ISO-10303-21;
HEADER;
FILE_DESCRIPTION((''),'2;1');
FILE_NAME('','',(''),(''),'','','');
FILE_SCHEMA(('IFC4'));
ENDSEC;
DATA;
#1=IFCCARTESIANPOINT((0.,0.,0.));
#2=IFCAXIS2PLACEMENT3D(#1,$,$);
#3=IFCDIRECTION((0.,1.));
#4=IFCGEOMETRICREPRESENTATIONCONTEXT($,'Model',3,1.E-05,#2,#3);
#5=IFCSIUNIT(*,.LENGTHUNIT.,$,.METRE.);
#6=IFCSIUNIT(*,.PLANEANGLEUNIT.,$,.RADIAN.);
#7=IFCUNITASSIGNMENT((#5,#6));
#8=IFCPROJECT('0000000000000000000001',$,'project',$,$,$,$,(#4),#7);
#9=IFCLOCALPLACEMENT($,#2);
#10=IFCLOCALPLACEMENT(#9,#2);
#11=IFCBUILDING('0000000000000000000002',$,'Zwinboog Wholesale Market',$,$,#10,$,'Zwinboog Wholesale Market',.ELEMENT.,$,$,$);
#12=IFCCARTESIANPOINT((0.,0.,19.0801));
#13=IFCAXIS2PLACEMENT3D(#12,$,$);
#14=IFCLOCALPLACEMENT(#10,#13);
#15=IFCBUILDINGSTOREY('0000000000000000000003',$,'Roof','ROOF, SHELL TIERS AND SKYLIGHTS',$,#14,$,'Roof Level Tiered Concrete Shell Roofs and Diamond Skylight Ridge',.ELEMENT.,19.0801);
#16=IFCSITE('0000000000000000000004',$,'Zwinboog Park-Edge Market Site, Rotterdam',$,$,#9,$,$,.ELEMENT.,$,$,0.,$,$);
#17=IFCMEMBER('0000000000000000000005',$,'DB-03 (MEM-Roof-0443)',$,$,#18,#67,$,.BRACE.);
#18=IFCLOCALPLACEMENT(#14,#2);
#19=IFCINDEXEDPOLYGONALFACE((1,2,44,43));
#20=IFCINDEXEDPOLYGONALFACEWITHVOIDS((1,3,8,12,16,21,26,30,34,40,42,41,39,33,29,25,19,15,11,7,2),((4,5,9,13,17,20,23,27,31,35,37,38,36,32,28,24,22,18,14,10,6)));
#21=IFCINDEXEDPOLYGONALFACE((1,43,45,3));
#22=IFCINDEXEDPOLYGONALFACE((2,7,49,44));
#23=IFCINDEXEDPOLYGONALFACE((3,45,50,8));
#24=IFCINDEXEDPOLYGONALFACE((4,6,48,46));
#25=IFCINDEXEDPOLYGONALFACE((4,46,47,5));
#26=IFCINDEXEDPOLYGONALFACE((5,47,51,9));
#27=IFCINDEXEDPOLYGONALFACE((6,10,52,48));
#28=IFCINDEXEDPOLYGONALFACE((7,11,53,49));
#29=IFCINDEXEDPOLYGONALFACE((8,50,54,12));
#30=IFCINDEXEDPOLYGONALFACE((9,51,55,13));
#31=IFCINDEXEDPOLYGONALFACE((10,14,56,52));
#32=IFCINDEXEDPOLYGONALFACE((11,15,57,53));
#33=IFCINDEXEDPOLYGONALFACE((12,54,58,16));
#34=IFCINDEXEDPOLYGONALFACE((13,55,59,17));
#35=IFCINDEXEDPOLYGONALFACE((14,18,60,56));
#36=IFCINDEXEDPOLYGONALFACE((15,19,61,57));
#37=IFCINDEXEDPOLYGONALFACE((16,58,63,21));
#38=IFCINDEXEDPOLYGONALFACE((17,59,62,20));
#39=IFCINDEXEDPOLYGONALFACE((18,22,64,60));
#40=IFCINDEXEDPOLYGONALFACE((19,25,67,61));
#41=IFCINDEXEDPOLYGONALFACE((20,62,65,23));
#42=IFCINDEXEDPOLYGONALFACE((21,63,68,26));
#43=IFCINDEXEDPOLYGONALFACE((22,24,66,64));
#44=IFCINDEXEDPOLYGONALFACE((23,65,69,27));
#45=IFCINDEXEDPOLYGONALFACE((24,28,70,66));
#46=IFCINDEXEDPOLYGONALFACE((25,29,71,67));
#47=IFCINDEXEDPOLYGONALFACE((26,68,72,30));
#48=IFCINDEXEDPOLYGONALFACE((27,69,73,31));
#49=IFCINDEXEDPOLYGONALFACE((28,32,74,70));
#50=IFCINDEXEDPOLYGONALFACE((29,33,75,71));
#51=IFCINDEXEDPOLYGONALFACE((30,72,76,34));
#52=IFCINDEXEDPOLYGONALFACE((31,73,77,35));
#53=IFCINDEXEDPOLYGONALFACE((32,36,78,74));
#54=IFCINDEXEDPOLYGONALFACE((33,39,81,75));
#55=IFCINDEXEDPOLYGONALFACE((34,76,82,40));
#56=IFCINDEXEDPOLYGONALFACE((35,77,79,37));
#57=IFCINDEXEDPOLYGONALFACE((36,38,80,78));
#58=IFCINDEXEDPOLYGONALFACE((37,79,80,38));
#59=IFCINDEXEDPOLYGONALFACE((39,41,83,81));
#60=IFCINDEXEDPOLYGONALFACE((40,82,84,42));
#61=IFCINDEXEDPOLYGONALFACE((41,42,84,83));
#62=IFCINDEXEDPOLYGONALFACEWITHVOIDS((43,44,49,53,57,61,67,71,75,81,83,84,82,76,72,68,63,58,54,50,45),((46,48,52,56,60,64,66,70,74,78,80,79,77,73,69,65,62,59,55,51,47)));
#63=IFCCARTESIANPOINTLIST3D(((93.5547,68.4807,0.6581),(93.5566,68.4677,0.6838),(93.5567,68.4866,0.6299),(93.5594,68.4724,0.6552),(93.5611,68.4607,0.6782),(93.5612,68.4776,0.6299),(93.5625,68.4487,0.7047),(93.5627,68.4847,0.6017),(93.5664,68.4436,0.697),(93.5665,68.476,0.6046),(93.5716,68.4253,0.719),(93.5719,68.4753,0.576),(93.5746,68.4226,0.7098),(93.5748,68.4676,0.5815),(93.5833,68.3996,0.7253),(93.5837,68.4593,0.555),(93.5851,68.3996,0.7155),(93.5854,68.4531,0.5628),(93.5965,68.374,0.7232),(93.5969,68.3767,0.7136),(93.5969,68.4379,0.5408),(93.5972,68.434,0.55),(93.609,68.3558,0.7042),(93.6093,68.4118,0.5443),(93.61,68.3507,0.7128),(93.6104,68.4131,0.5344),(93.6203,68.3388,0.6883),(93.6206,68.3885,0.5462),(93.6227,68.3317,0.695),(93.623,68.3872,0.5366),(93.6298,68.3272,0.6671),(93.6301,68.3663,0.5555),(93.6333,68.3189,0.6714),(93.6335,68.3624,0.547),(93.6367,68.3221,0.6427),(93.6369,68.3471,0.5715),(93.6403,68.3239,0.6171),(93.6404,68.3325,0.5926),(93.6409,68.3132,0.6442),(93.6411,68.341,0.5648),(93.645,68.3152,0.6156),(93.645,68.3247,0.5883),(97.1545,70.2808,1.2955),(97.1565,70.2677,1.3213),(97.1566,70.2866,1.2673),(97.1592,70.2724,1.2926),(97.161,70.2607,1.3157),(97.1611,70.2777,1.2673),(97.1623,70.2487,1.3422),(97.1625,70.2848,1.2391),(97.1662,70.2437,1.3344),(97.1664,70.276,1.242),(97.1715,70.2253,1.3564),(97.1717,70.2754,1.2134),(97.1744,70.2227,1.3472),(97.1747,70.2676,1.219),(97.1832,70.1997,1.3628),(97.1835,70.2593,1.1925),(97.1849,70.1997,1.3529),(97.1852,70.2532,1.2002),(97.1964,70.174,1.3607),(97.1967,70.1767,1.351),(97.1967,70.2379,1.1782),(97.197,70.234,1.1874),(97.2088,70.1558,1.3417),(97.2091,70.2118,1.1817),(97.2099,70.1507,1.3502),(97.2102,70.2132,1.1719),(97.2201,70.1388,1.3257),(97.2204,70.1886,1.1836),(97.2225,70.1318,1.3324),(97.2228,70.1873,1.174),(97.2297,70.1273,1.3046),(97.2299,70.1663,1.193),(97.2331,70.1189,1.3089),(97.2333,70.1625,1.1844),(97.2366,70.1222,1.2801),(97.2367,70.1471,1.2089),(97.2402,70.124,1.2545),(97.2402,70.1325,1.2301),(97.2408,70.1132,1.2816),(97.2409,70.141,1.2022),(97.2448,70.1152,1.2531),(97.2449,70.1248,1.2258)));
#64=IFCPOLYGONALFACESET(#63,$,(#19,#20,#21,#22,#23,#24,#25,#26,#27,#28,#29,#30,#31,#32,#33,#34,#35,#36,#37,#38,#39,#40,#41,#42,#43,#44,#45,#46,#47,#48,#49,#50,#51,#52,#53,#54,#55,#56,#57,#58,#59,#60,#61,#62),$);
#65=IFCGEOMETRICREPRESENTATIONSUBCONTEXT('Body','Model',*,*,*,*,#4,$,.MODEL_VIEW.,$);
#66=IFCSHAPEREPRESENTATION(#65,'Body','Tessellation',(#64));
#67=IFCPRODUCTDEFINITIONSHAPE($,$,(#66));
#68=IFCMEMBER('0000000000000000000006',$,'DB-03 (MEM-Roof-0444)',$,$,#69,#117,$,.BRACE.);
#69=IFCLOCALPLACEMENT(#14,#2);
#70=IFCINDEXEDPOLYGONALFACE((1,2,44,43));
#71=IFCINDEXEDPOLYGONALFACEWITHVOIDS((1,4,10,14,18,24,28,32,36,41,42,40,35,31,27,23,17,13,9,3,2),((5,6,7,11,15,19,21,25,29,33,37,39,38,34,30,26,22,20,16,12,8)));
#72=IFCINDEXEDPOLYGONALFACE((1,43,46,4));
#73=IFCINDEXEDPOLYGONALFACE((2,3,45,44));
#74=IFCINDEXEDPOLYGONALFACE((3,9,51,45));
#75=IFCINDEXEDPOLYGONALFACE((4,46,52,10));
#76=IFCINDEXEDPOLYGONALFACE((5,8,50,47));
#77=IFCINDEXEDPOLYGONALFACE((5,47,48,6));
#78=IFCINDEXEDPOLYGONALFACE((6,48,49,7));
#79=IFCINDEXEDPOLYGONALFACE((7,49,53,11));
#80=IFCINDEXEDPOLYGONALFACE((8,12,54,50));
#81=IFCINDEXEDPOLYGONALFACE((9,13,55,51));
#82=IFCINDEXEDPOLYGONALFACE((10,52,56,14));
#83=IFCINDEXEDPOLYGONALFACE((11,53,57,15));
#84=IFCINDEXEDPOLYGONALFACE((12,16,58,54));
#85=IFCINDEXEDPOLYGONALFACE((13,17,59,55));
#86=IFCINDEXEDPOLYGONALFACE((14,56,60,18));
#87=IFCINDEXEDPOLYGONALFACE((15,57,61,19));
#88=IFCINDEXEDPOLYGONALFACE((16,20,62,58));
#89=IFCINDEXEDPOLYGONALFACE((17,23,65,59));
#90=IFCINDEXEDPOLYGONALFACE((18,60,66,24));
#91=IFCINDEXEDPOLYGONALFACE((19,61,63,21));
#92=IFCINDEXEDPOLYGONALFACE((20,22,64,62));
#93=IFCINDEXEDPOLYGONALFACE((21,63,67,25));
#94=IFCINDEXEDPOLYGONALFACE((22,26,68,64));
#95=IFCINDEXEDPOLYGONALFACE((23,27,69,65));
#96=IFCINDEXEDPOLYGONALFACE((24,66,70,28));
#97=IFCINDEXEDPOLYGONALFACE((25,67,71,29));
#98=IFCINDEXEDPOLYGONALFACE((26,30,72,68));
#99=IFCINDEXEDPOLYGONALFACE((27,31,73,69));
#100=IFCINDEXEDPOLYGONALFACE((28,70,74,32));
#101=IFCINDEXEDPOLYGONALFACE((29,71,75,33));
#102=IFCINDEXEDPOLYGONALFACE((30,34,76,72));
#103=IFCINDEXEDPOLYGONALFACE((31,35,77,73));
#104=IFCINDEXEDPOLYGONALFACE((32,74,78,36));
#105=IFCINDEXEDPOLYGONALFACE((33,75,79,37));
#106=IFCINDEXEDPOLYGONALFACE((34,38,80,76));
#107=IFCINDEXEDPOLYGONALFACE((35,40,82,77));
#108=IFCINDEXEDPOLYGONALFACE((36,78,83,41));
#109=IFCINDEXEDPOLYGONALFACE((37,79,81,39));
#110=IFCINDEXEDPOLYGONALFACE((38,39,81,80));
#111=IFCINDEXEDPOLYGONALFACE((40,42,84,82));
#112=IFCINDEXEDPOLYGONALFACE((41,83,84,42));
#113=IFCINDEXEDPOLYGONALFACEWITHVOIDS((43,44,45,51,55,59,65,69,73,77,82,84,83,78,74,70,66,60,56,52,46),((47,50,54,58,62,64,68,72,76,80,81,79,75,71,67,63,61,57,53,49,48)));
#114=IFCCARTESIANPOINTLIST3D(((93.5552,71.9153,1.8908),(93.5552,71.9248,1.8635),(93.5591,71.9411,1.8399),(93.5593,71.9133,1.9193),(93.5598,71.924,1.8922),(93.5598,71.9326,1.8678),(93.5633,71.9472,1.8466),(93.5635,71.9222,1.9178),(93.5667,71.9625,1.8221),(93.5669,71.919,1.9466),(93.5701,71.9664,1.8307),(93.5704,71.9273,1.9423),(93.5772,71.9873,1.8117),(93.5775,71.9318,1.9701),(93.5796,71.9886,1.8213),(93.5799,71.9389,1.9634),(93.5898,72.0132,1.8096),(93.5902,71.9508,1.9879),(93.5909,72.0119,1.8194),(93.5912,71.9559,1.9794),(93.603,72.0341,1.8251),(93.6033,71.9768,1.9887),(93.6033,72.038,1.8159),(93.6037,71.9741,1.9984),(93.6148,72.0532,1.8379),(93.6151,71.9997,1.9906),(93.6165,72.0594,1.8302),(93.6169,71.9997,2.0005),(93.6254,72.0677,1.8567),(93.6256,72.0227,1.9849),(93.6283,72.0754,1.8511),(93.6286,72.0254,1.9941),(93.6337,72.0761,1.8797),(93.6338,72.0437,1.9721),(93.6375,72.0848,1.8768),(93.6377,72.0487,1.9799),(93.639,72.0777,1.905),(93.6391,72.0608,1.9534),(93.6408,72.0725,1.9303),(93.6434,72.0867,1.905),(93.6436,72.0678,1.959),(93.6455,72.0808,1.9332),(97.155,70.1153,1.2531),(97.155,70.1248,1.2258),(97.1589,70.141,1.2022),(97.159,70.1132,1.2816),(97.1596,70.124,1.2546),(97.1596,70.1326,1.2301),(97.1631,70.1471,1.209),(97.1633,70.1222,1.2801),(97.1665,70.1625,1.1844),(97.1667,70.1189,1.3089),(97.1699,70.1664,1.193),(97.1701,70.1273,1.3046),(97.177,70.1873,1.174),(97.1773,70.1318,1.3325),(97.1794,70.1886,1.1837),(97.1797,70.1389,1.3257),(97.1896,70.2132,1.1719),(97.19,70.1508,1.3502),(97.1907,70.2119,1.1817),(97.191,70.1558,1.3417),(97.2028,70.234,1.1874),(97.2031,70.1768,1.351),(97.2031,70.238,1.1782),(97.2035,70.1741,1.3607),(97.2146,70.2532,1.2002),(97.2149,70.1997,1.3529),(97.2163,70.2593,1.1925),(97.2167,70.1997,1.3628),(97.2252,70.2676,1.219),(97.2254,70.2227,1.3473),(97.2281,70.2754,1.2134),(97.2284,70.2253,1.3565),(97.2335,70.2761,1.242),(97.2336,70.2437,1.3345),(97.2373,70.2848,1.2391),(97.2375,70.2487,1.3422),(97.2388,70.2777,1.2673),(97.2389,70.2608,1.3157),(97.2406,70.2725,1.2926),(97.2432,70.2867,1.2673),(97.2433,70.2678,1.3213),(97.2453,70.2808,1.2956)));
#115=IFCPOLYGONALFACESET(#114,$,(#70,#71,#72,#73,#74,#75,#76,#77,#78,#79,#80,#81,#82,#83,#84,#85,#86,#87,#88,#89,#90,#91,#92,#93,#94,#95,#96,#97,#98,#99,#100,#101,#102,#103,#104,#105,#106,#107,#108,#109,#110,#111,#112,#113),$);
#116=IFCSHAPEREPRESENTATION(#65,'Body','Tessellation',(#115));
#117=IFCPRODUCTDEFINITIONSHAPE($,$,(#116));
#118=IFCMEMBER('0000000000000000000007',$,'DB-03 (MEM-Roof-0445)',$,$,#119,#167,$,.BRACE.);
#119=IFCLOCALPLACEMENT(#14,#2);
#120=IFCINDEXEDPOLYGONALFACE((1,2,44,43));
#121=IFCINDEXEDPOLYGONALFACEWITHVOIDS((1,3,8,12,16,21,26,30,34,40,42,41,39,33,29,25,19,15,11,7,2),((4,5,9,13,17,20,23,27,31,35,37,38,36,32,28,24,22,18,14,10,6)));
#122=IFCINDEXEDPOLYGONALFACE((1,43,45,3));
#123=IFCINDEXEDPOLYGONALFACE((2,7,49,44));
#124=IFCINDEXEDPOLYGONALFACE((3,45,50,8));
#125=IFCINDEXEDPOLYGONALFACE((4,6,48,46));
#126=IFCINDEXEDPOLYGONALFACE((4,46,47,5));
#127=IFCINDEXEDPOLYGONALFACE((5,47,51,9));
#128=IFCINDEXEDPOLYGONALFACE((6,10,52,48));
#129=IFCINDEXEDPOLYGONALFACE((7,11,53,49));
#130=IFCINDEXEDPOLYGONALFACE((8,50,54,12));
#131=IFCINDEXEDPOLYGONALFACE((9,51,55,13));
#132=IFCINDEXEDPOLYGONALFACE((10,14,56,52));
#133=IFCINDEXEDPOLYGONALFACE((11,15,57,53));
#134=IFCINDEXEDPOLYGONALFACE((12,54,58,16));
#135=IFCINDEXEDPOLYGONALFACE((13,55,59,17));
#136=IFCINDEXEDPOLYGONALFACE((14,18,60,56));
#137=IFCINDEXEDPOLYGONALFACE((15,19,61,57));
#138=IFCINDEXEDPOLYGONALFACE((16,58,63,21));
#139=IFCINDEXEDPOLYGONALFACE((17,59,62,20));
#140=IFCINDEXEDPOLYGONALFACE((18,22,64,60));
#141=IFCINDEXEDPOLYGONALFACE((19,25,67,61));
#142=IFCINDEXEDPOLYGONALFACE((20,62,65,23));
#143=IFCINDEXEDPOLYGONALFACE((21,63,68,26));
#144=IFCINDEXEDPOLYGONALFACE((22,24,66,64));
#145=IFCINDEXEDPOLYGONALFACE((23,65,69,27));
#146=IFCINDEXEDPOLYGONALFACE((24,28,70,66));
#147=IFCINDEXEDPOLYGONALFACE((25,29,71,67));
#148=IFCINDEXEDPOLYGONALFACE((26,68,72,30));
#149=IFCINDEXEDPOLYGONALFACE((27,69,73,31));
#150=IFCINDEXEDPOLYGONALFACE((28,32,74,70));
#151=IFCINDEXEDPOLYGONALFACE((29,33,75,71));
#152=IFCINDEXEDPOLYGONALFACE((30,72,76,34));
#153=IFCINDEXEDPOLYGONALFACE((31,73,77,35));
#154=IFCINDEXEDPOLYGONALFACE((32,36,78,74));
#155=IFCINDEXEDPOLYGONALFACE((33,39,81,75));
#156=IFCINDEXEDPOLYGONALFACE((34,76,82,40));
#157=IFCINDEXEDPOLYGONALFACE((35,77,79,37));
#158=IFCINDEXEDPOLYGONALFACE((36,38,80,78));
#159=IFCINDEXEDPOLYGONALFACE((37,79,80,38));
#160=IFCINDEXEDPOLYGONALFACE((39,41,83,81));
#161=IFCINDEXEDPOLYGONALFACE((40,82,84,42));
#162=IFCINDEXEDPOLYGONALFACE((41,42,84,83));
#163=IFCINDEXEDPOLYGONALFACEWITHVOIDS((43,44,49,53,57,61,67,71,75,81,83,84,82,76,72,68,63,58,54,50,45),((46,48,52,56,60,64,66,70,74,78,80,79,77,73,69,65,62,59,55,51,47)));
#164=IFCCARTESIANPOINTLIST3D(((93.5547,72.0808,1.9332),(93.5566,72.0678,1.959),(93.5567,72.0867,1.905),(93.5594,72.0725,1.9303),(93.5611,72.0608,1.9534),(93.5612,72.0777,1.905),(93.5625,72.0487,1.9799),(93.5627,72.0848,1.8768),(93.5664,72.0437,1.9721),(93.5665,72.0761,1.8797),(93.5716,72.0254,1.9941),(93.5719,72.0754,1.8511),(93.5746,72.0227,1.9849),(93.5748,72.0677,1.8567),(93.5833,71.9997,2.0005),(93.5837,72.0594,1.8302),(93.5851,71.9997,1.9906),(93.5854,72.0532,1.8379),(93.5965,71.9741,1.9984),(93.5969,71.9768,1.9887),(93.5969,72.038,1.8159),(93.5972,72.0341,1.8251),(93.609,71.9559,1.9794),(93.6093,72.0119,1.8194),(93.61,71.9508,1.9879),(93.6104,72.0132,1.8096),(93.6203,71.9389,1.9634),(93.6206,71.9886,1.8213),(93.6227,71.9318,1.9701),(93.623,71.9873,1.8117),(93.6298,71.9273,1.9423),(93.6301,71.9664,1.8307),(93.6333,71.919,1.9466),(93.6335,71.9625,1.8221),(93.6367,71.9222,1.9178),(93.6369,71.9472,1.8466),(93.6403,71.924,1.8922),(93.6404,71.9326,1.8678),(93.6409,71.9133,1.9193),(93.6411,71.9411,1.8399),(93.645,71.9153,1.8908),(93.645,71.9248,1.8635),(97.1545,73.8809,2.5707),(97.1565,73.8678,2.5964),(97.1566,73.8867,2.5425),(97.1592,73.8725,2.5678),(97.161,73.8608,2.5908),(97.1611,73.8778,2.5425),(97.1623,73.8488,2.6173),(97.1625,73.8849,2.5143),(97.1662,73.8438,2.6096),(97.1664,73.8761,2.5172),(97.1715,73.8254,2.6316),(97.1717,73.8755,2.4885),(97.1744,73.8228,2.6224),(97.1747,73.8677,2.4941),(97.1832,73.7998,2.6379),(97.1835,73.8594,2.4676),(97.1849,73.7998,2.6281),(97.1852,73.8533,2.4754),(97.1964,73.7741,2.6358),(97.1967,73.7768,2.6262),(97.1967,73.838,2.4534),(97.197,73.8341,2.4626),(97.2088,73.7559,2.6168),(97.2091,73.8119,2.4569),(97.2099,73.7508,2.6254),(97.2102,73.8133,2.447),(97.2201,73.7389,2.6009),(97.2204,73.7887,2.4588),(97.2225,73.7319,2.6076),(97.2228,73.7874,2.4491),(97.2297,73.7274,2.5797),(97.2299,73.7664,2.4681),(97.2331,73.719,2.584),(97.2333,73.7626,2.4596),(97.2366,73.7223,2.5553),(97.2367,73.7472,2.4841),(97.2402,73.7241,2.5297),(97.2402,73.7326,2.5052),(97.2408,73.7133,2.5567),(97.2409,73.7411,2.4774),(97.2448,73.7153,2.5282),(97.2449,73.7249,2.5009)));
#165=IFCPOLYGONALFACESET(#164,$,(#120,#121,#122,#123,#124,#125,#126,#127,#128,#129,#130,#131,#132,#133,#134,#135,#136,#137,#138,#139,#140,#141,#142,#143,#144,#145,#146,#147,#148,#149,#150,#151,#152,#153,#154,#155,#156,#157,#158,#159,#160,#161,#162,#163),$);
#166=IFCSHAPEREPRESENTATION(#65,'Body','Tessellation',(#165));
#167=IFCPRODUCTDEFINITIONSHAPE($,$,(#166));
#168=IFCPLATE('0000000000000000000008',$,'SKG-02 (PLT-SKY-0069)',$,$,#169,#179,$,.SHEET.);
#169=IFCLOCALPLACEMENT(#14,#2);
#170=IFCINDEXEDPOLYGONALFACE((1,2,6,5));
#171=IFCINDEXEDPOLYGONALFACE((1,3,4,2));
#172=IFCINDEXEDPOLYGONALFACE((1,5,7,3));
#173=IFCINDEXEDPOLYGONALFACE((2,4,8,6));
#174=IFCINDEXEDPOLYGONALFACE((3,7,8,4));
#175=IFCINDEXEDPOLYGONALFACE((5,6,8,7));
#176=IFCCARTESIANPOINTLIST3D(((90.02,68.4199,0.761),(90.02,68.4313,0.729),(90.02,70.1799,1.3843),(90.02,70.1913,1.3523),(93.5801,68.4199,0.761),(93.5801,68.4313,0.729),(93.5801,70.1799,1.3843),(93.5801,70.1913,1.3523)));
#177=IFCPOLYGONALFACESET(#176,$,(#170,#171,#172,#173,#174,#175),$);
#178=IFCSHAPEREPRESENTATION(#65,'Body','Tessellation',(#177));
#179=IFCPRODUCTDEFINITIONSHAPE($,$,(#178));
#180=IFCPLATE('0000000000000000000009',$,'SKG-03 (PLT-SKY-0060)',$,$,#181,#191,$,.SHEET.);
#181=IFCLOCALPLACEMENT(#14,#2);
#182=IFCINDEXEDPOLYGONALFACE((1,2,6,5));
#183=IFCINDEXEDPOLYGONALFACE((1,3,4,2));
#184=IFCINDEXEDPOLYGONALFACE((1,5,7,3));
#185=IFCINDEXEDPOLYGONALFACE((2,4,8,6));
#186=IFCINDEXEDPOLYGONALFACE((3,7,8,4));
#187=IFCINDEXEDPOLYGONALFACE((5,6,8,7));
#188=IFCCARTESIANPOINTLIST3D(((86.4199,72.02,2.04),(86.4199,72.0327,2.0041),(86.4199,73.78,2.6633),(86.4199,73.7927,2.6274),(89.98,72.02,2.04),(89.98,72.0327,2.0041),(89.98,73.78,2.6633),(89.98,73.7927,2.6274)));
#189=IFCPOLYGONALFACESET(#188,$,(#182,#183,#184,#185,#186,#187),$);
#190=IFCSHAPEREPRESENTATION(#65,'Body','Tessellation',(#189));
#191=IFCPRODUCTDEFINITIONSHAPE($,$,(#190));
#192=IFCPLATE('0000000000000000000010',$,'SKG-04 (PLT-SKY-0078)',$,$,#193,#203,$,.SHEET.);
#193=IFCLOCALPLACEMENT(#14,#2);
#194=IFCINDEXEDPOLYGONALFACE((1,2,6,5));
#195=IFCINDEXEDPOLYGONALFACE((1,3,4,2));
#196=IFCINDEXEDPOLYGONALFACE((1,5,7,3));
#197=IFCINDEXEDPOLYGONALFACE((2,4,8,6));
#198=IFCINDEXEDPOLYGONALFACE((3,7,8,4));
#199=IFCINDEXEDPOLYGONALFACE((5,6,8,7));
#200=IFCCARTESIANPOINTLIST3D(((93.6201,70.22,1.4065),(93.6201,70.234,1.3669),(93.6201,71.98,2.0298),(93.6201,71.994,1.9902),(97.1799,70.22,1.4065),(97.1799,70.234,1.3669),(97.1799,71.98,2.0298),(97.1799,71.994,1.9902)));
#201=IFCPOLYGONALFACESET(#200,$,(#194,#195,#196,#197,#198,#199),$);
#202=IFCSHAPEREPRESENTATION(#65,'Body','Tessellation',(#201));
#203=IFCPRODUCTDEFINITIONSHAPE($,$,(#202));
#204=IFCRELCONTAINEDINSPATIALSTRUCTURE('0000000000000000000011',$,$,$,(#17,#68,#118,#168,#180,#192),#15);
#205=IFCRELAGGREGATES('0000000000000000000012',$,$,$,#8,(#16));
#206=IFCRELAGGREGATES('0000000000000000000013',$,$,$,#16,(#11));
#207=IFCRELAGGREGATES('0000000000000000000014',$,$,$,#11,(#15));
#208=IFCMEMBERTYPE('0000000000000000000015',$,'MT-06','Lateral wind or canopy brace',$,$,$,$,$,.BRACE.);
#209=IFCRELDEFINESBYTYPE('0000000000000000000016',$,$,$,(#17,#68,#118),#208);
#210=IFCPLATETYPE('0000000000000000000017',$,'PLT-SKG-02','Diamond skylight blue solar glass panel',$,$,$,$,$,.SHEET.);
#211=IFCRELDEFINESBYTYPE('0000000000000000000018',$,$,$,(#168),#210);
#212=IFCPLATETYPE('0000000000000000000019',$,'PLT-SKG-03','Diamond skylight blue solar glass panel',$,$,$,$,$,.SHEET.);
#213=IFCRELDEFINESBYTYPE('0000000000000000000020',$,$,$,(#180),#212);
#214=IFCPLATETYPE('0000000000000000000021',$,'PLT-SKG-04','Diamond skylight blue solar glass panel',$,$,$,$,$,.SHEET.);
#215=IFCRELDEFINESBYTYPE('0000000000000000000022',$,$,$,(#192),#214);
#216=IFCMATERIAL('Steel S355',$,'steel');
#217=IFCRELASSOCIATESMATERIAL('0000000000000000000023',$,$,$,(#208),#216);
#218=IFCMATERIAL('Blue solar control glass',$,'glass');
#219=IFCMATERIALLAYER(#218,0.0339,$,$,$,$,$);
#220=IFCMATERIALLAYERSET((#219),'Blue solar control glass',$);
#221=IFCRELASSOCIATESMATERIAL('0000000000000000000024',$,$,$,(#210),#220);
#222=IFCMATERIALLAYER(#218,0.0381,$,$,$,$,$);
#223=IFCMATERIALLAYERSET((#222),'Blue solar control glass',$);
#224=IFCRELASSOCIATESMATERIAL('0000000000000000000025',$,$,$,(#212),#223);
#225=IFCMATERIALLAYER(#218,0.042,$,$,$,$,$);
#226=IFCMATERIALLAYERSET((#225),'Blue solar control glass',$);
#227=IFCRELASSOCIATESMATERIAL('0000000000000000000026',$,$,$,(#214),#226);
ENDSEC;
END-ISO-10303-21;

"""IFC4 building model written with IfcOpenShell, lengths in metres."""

from ifc_helpers import new_model, si_unit, direction, frame, origin, origin_2d, place, context, subcontext, project, spatial, polyline, hollow_circle, outline, extrude, material, layer, layer_set, material_profile, profile_set, type_object, element, save


model = new_model("IFC4")

# Units and contexts
model_context = context("Model", 3, precision=1e-05, world=origin(), true_north=direction((0.0, 1.0)))
body_context = subcontext(model_context, "Body", "Model", "MODEL_VIEW")
ifc_project = project(units=[si_unit("LENGTHUNIT", "METRE"), si_unit("PLANEANGLEUNIT", "RADIAN")], contexts=[model_context])

# Site, building, storey
site_placement = place(None, origin())
site = spatial("IfcSite", under=ifc_project, at=site_placement, Name="Zwinboog Park-Edge Market Site, Rotterdam", CompositionType="ELEMENT", RefElevation=0.0)
building_placement = place(site_placement, origin())
building = spatial("IfcBuilding", under=site, at=building_placement, Name="Zwinboog Wholesale Market", LongName="Zwinboog Wholesale Market", CompositionType="ELEMENT")
storey_placement = place(building_placement, frame((0.0, 0.0, 19.0801)))
storey = spatial("IfcBuildingStorey", under=building, at=storey_placement, Name="Roof", Description="ROOF, SHELL TIERS AND SKYLIGHTS", LongName="Roof Level Tiered Concrete Shell Roofs and Diamond Skylight Ridge", CompositionType="ELEMENT", Elevation=19.0801)

# Members
ifc_material_1 = material(Name="Steel S355", Category="steel")
ifc_material_profile_1 = material_profile(ifc_material_1, hollow_circle(Radius=0.0969, WallThickness=0.01, at=origin_2d()), Name="CHS 193.7x10")
ifc_profile_set_1 = profile_set([ifc_material_profile_1], Name="Steel S355")
member_type_1 = type_object("IfcMemberType", Name="MT-06", Description="Lateral wind or canopy brace", PredefinedType="BRACE", material=ifc_profile_set_1)
for number, where, z_axis, x_axis, name in (
    (1, (93.6001, 68.3999, 0.6299), (0.883404, 0.441732, 0.15643), (-0.447238, 0.894415, 0.0), "DB-03 (MEM-Roof-0443)"),
    (2, (93.6001, 72.0, 1.905), (0.883396, -0.441728, -0.156489), (0.447238, 0.894415, 0.0), "DB-03 (MEM-Roof-0444)"),
    (3, (93.6001, 72.0, 1.905), (0.883404, 0.441732, 0.15643), (-0.447238, 0.894415, 0.0), "DB-03 (MEM-Roof-0445)"),
):
    element("IfcMember", number, at=place(storey_placement, frame(where, z_axis=z_axis, x_axis=x_axis)), inside=storey, type_object=member_type_1, Name=name, PredefinedType="BRACE", context=body_context, shape_type="SweptSolid", body=[
        extrude(hollow_circle(Radius=0.0969, WallThickness=0.01, at=origin_2d()), origin(), (0.0, 0.0, 1.0), 4.075),
    ])

# Plates
ifc_material_2 = material(Name="Blue solar control glass", Category="glass")
ifc_layer_1 = layer(ifc_material_2, 0.0339)
ifc_layer_set_1 = layer_set([ifc_layer_1], Name="Blue solar control glass")
plate_type_1 = type_object("IfcPlateType", Name="PLT-SKG-02", Description="Diamond skylight blue solar glass panel", PredefinedType="SHEET", material=ifc_layer_set_1)
plate_1_placement = place(storey_placement, frame((90.02, 68.4199, 0.761), z_axis=(0.0, -0.333825, 0.942635), x_axis=(1.0, 0.0, 0.0)))
element("IfcPlate", 4, at=plate_1_placement, inside=storey, type_object=plate_type_1, Name="SKG-02 (PLT-SKY-0069)", PredefinedType="SHEET", context=body_context, shape_type="SweptSolid", body=[
    extrude(outline(polyline([(0.0, 0.0), (3.5601, 0.0), (3.5601, 1.8671), (0.0, 1.8671), (0.0, 0.0)])), origin(), (0.0, 0.0, -1.0), 0.0339),
])
ifc_layer_2 = layer(ifc_material_2, 0.0381)
ifc_layer_set_2 = layer_set([ifc_layer_2], Name="Blue solar control glass")
plate_type_2 = type_object("IfcPlateType", Name="PLT-SKG-03", Description="Diamond skylight blue solar glass panel", PredefinedType="SHEET", material=ifc_layer_set_2)
plate_2_placement = place(storey_placement, frame((86.4199, 72.02, 2.04), z_axis=(0.0, -0.333825, 0.942635), x_axis=(1.0, 0.0, 0.0)))
element("IfcPlate", 5, at=plate_2_placement, inside=storey, type_object=plate_type_2, Name="SKG-03 (PLT-SKY-0060)", PredefinedType="SHEET", context=body_context, shape_type="SweptSolid", body=[
    extrude(outline(polyline([(0.0, 0.0), (3.5601, 0.0), (3.5601, 1.8671), (0.0, 1.8671), (0.0, 0.0)])), origin(), (0.0, 0.0, -1.0), 0.0381),
])
ifc_layer_3 = layer(ifc_material_2, 0.042)
ifc_layer_set_3 = layer_set([ifc_layer_3], Name="Blue solar control glass")
plate_type_3 = type_object("IfcPlateType", Name="PLT-SKG-04", Description="Diamond skylight blue solar glass panel", PredefinedType="SHEET", material=ifc_layer_set_3)
plate_3_placement = place(storey_placement, frame((93.6201, 70.22, 1.4065), z_axis=(0.0, -0.333825, 0.942635), x_axis=(1.0, 0.0, 0.0)))
element("IfcPlate", 6, at=plate_3_placement, inside=storey, type_object=plate_type_3, Name="SKG-04 (PLT-SKY-0078)", PredefinedType="SHEET", context=body_context, shape_type="SweptSolid", body=[
    extrude(outline(polyline([(0.0, 0.0), (3.5598, 0.0), (3.5598, 1.8671), (0.0, 1.8671), (0.0, 0.0)])), origin(), (0.0, 0.0, -1.0), 0.042),
])

save(model, "model.ifc")
